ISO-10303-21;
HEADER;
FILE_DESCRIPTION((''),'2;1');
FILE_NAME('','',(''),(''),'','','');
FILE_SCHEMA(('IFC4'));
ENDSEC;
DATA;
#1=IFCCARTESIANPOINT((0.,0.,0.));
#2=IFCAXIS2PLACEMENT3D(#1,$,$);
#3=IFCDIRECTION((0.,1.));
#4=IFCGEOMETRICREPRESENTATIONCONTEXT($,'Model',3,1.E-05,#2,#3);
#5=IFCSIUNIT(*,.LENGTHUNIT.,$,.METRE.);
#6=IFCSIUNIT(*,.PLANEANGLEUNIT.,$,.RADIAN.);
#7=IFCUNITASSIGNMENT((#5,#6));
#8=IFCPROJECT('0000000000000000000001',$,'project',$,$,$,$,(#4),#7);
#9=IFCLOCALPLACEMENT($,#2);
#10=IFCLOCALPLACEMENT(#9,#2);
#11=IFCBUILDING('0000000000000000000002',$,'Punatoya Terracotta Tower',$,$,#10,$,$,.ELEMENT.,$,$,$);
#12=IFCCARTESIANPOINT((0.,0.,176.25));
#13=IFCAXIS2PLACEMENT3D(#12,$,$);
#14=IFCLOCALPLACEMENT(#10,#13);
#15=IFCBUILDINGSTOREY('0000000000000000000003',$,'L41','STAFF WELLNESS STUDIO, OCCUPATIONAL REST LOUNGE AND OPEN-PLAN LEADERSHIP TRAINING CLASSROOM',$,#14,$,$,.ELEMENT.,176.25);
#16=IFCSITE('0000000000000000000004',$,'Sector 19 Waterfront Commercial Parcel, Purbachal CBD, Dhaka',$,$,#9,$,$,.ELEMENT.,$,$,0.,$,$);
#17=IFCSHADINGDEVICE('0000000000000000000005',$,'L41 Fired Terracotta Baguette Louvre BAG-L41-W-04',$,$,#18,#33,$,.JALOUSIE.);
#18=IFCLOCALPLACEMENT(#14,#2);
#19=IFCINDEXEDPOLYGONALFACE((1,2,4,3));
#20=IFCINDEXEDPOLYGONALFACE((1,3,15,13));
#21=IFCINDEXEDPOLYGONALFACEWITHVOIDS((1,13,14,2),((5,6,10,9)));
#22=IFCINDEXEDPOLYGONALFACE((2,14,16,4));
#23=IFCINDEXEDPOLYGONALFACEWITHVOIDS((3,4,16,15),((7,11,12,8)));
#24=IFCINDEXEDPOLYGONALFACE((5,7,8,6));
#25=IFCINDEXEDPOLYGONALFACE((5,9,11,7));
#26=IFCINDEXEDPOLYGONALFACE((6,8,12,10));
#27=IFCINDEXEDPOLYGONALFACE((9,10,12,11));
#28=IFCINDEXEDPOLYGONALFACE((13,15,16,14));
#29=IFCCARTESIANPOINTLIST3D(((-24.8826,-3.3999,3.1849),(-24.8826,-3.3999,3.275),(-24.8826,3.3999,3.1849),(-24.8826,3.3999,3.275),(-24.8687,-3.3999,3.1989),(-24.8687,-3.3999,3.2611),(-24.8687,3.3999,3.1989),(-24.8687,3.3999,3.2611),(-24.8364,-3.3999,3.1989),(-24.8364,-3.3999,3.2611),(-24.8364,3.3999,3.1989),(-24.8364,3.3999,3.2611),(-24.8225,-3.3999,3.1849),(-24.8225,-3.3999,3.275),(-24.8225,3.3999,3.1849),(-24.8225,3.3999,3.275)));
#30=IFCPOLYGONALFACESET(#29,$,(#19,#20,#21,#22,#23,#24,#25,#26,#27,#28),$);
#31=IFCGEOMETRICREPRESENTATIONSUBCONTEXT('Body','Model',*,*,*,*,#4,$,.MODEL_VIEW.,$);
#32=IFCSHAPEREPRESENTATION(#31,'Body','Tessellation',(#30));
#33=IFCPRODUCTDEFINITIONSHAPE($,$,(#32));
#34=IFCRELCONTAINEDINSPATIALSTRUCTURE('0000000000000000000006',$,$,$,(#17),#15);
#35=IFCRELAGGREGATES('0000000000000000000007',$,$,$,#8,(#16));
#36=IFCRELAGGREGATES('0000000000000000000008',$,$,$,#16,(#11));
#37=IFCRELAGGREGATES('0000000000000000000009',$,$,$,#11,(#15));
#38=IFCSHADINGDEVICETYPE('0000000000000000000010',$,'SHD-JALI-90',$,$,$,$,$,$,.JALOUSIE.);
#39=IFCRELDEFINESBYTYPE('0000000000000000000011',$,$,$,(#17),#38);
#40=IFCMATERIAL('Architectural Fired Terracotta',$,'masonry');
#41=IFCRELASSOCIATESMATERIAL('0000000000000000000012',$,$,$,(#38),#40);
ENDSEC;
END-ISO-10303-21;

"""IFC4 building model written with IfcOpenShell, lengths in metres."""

from ifc_helpers import new_model, si_unit, direction, frame, origin, origin_2d, place, context, subcontext, project, spatial, hollow_rectangle, extrude, material, material_profile, profile_set, type_object, element, save


model = new_model("IFC4")

# Units and contexts
model_context = context("Model", 3, precision=1e-05, world=origin(), true_north=direction((0.0, 1.0)))
body_context = subcontext(model_context, "Body", "Model", "MODEL_VIEW")
ifc_project = project(units=[si_unit("LENGTHUNIT", "METRE"), si_unit("PLANEANGLEUNIT", "RADIAN")], contexts=[model_context])

# Site, building, storey
site_placement = place(None, origin())
site = spatial("IfcSite", under=ifc_project, at=site_placement, Name="Sector 19 Waterfront Commercial Parcel, Purbachal CBD, Dhaka", CompositionType="ELEMENT", RefElevation=0.0)
building_placement = place(site_placement, origin())
building = spatial("IfcBuilding", under=site, at=building_placement, Name="Punatoya Terracotta Tower", CompositionType="ELEMENT")
storey_placement = place(building_placement, frame((0.0, 0.0, 176.25)))
storey = spatial("IfcBuildingStorey", under=building, at=storey_placement, Name="L41", Description="STAFF WELLNESS STUDIO, OCCUPATIONAL REST LOUNGE AND OPEN-PLAN LEADERSHIP TRAINING CLASSROOM", CompositionType="ELEMENT", Elevation=176.25)

# Shading device
ifc_material_1 = material(Name="Architectural Fired Terracotta", Category="masonry")
ifc_material_profile_1 = material_profile(ifc_material_1, hollow_rectangle(XDim=0.0601, YDim=0.0901, WallThickness=0.0139, at=origin_2d()))
ifc_profile_set_1 = profile_set([ifc_material_profile_1], Name="Architectural Fired Terracotta")
shading_device_type = type_object("IfcShadingDeviceType", Name="SHD-JALI-90", PredefinedType="JALOUSIE", material=ifc_profile_set_1)
for number, where, z_axis, x_axis, name in (
    (1, (-24.8525, -3.3999, 3.23), (0.0, 1.0, 0.0), (-1.0, 0.0, 0.0), "L41 Fired Terracotta Baguette Louvre BAG-L41-W-04"),
):
    element("IfcShadingDevice", number, at=place(storey_placement, frame(where, z_axis=z_axis, x_axis=x_axis)), inside=storey, type_object=shading_device_type, Name=name, PredefinedType="JALOUSIE", context=body_context, shape_type="SweptSolid", body=[
        extrude(hollow_rectangle(XDim=0.0601, YDim=0.0901, WallThickness=0.0139, at=origin_2d()), origin(), (0.0, 0.0, 1.0), 6.7998),
    ])

save(model, "model.ifc")
